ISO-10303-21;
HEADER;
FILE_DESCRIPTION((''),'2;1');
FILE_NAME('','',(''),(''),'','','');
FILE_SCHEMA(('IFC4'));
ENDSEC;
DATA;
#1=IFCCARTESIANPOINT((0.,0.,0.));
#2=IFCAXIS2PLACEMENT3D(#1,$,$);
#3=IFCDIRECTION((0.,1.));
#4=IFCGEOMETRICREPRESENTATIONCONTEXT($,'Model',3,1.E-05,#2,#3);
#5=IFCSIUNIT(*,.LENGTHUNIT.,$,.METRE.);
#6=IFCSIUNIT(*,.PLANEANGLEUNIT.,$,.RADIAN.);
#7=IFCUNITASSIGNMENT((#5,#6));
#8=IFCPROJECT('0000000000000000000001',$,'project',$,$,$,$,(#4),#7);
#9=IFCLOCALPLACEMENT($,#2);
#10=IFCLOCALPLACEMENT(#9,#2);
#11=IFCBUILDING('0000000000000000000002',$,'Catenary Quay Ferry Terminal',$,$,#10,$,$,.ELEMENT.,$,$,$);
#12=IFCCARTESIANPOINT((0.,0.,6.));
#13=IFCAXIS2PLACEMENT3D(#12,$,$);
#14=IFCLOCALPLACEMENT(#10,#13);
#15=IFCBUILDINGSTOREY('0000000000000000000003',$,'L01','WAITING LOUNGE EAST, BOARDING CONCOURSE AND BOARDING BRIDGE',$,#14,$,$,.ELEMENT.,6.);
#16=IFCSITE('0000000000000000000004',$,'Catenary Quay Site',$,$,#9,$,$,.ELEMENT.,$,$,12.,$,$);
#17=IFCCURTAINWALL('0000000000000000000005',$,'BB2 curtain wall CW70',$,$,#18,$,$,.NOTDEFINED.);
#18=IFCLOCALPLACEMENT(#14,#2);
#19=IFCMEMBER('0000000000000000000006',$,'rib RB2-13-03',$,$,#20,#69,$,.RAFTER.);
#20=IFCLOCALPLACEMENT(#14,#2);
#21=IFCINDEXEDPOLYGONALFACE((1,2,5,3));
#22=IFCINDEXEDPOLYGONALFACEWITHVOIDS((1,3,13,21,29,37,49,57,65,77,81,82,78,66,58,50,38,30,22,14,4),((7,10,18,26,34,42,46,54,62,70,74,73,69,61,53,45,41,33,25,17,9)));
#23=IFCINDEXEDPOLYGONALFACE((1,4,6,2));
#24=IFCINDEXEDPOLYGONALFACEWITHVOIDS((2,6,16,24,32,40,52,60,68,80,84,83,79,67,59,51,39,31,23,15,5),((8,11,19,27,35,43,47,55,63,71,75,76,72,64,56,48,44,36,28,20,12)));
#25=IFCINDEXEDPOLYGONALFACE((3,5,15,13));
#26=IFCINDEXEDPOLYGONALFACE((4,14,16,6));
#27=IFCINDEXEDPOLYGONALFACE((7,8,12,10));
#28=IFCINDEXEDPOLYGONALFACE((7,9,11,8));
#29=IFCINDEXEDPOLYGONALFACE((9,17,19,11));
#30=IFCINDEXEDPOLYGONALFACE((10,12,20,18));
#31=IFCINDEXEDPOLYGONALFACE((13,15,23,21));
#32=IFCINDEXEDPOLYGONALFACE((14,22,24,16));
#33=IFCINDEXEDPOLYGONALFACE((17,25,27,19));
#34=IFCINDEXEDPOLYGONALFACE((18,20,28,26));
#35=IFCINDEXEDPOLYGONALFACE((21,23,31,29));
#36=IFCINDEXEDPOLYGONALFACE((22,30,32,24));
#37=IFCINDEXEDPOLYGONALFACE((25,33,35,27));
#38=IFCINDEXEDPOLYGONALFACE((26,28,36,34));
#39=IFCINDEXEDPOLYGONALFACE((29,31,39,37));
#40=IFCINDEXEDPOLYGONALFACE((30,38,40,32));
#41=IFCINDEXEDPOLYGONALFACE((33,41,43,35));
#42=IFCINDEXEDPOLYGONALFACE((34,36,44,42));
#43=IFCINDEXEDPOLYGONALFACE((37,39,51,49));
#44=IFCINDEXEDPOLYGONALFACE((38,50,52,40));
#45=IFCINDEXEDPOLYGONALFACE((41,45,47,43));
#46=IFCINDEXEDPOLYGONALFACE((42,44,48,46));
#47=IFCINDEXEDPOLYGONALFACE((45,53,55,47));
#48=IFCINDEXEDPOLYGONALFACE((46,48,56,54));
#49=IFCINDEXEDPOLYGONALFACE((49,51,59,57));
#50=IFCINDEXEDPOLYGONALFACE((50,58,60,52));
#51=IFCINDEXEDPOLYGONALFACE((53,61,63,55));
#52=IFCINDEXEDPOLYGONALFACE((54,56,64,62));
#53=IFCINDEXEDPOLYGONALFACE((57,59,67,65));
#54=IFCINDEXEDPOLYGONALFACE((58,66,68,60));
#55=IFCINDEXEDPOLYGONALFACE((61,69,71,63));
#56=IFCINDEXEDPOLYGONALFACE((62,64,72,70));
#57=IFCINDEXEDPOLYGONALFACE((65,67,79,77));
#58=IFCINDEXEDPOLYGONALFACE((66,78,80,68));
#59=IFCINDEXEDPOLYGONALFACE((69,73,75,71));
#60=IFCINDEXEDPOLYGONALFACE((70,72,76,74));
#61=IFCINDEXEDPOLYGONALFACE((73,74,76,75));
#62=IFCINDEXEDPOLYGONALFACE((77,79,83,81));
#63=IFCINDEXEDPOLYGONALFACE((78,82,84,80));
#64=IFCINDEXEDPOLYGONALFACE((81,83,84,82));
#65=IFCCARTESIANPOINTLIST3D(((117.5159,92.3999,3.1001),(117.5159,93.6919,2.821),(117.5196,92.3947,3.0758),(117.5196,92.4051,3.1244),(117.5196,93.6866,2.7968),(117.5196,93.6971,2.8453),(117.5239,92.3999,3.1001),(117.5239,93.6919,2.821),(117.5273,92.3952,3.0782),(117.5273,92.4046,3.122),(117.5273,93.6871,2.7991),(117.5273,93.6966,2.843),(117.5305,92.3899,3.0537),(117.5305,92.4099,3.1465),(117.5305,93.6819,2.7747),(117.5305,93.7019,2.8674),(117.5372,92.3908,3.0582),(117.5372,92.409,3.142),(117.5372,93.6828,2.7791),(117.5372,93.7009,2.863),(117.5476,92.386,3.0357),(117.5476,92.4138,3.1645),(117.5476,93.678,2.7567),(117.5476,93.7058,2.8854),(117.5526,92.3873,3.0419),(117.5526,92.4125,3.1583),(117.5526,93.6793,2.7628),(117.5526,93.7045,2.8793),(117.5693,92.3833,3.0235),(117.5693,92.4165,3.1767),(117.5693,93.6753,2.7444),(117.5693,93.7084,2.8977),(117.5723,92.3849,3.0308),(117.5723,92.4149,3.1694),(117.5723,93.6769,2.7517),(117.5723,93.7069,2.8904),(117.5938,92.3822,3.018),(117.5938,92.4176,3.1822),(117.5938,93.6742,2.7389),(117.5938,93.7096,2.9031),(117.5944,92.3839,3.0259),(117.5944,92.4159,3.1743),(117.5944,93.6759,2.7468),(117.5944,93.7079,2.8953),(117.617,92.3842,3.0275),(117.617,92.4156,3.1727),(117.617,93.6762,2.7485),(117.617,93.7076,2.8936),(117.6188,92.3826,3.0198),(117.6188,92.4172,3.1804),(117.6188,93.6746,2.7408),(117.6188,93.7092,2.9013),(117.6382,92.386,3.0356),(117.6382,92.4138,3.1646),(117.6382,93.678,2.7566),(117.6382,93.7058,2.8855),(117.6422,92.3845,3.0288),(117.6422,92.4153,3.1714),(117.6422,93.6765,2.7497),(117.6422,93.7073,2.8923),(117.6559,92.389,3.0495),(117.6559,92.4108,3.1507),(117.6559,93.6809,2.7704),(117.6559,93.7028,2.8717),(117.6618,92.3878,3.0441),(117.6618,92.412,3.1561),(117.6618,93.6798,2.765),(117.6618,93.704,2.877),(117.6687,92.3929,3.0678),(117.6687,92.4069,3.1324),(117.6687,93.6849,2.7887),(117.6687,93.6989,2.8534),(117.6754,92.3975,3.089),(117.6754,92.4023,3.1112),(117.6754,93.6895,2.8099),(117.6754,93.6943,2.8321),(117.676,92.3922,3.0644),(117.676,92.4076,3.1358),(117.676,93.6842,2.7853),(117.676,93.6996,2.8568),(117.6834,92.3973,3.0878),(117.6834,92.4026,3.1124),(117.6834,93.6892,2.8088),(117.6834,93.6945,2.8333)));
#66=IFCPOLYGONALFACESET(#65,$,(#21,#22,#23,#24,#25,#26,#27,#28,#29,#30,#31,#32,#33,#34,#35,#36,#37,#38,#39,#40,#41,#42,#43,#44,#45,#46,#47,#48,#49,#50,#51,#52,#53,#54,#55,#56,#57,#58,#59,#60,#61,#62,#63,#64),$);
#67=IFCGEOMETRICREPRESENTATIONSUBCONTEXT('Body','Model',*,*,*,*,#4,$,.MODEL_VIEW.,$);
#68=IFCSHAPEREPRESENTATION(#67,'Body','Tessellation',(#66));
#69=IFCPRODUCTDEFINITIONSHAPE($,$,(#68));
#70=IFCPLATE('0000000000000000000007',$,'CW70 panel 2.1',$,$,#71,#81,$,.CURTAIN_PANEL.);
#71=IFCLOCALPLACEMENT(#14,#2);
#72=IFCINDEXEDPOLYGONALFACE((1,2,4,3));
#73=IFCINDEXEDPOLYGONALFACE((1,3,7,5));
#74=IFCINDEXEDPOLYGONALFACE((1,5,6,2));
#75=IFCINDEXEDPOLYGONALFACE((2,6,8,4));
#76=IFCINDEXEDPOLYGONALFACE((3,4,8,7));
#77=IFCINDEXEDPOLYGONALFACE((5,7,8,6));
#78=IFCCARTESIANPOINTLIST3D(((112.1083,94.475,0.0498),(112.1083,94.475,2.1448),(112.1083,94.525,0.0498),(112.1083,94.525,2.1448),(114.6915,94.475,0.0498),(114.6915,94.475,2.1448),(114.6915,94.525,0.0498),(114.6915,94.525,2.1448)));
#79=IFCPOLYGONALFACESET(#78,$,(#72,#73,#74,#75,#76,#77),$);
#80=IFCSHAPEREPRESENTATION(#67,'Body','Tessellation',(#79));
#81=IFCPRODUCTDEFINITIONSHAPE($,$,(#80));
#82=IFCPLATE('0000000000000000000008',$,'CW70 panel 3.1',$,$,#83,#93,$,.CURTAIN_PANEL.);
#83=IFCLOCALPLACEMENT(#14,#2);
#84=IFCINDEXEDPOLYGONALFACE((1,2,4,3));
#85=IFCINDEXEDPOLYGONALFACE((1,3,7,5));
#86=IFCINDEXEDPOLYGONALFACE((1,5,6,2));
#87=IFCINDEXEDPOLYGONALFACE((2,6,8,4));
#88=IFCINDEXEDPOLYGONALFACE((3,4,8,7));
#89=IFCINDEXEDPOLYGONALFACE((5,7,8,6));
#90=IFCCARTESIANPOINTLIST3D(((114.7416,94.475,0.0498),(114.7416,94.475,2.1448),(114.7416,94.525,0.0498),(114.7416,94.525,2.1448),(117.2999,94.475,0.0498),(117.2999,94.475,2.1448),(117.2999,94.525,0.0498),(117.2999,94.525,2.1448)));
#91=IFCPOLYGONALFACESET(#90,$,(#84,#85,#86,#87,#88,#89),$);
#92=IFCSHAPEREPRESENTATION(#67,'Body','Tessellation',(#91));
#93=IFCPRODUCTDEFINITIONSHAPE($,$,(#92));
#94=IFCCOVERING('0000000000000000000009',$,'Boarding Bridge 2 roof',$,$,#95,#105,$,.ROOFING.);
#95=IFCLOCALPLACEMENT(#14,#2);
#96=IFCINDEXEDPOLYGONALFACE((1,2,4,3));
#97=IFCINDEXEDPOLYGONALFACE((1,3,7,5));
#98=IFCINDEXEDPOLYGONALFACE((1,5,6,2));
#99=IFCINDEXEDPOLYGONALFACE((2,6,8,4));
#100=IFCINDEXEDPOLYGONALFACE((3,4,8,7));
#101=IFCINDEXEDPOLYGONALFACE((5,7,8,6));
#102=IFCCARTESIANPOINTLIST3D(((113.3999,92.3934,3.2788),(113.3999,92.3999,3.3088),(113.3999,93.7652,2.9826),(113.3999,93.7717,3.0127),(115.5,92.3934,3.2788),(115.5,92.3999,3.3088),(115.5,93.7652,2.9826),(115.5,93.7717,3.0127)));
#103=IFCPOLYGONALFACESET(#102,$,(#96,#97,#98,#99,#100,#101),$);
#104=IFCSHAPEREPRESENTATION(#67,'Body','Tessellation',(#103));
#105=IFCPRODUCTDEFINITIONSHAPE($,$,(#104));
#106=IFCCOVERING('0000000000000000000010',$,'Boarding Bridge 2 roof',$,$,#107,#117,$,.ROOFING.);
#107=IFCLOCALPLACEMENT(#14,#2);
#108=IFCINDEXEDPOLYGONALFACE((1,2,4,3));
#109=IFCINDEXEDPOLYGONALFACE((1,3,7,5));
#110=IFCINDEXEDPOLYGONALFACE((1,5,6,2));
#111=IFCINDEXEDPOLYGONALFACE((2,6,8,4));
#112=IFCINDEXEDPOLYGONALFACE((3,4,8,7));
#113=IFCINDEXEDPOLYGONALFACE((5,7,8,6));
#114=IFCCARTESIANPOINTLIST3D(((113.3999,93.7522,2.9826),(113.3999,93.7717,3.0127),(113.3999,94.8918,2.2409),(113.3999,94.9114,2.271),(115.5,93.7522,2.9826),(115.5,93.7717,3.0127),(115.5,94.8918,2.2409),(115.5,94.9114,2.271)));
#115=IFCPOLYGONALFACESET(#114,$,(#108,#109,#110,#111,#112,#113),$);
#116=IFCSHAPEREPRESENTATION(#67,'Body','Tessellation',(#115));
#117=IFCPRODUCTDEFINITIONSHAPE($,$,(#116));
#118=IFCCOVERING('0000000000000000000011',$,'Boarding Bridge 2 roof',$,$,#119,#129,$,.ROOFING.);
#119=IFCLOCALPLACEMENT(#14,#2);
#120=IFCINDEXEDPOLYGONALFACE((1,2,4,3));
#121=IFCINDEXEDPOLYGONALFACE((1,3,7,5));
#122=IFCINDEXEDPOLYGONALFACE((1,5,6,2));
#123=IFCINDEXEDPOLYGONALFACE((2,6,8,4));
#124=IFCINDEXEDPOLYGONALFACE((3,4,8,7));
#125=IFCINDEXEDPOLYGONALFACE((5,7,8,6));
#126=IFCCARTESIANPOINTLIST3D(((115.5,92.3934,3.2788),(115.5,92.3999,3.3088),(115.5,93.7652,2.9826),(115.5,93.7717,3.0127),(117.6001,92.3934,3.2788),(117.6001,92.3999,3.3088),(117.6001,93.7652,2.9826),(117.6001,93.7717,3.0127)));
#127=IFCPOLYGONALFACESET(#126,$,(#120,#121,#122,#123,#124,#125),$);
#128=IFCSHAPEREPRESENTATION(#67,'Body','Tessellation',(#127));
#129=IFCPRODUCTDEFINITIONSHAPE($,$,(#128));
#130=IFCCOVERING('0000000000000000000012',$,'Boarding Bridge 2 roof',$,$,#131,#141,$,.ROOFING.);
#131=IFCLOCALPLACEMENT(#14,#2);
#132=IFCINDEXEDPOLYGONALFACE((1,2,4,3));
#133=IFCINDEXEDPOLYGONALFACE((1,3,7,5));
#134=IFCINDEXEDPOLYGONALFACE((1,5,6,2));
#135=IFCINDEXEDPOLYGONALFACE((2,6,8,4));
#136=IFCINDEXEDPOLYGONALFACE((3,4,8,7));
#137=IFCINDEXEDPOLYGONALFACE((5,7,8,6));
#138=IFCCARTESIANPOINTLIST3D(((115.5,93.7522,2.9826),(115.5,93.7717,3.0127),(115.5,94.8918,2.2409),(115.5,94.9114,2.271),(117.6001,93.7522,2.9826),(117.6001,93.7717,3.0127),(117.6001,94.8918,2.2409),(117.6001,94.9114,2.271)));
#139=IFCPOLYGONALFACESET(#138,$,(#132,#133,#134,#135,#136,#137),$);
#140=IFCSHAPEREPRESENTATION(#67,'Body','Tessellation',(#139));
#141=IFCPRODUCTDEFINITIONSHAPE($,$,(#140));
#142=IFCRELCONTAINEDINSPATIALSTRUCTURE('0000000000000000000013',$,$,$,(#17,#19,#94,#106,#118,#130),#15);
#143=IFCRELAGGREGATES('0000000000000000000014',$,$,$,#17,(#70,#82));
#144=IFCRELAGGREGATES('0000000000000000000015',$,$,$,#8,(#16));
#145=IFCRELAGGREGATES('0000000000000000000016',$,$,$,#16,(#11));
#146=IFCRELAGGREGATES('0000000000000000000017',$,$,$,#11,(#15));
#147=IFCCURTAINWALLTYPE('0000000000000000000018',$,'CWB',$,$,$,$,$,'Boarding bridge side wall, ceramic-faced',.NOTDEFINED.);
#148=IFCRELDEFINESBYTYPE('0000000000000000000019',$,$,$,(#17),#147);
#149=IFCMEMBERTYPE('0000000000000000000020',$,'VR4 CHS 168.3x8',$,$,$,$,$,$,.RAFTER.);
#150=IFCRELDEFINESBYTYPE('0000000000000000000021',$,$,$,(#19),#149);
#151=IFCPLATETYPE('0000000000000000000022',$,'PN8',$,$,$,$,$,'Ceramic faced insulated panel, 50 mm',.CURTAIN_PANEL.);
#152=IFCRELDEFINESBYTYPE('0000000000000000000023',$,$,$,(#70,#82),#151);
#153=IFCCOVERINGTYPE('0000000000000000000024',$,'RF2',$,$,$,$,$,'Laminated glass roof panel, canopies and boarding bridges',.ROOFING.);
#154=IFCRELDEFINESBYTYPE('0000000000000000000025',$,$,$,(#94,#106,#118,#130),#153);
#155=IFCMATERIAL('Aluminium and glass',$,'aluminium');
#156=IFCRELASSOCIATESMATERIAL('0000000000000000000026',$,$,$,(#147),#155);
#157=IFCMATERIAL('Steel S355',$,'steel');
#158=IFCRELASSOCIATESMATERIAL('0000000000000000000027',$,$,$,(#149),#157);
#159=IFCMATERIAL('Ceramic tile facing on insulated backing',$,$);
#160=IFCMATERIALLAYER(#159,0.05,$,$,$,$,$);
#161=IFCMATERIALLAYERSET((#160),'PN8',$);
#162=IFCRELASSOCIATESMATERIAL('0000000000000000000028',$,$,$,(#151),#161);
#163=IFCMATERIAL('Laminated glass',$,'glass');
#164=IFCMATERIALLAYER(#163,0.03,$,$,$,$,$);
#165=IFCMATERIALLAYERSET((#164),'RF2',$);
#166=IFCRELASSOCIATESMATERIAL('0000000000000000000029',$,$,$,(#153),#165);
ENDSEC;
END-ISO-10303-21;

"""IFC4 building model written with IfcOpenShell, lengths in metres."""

from ifc_helpers import new_model, si_unit, direction, frame, origin, origin_2d, place, context, subcontext, project, spatial, polyline, rectangle, hollow_circle, outline, extrude, material, layer, layer_set, material_profile, profile_set, type_object, element, aggregate, save


model = new_model("IFC4")

# Units and contexts
model_context = context("Model", 3, precision=1e-05, world=origin(), true_north=direction((0.0, 1.0)))
body_context = subcontext(model_context, "Body", "Model", "MODEL_VIEW")
ifc_project = project(units=[si_unit("LENGTHUNIT", "METRE"), si_unit("PLANEANGLEUNIT", "RADIAN")], contexts=[model_context])

# Site, building, storey
site_placement = place(None, origin())
site = spatial("IfcSite", under=ifc_project, at=site_placement, Name="Catenary Quay Site", CompositionType="ELEMENT", RefElevation=12.0)
building_placement = place(site_placement, origin())
building = spatial("IfcBuilding", under=site, at=building_placement, Name="Catenary Quay Ferry Terminal", CompositionType="ELEMENT")
storey_placement = place(building_placement, frame((0.0, 0.0, 6.0)))
storey = spatial("IfcBuildingStorey", under=building, at=storey_placement, Name="L01", Description="WAITING LOUNGE EAST, BOARDING CONCOURSE AND BOARDING BRIDGE", CompositionType="ELEMENT", Elevation=6.0)

# Curtain wall
ifc_material_1 = material(Name="Aluminium and glass", Category="aluminium")
curtain_wall_type = type_object("IfcCurtainWallType", Name="CWB", ElementType="Boarding bridge side wall, ceramic-faced", PredefinedType="NOTDEFINED", material=ifc_material_1)
curtain_wall_placement = place(storey_placement, origin())
curtain_wall = element("IfcCurtainWall", 1, at=curtain_wall_placement, inside=storey, type_object=curtain_wall_type, Name="BB2 curtain wall CW70", PredefinedType="NOTDEFINED")

# Member
ifc_material_2 = material(Name="Steel S355", Category="steel")
ifc_material_profile_1 = material_profile(ifc_material_2, hollow_circle(Radius=0.0842, WallThickness=0.0081, at=origin_2d()), Name="CHS 168.3x8")
ifc_profile_set_1 = profile_set([ifc_material_profile_1], Name="Steel S355")
member_type_1 = type_object("IfcMemberType", Name="VR4 CHS 168.3x8", PredefinedType="RAFTER", material=ifc_profile_set_1)
member_1_placement = place(storey_placement, frame((117.6001, 92.3999, 3.1001), z_axis=(0.0, 0.977461, -0.211118), x_axis=(-1.0, 0.0, 0.0)))
element("IfcMember", 2, at=member_1_placement, inside=storey, type_object=member_type_1, Name="rib RB2-13-03", PredefinedType="RAFTER", context=body_context, shape_type="SweptSolid", body=[
    extrude(hollow_circle(Radius=0.0842, WallThickness=0.0081, at=origin_2d()), origin(), (0.0, 0.0, 1.0), 1.3218),
])

# Plates
ifc_material_3 = material(Name="Ceramic tile facing on insulated backing")
ifc_layer_1 = layer(ifc_material_3, 0.05)
ifc_layer_set_1 = layer_set([ifc_layer_1], Name="PN8")
plate_type = type_object("IfcPlateType", Name="PN8", ElementType="Ceramic faced insulated panel, 50 mm", PredefinedType="CURTAIN_PANEL", material=ifc_layer_set_1)
plate_1_placement = place(storey_placement, frame((113.3999, 94.5, 0.0498), z_axis=(0.0, 0.0, 1.0), x_axis=(1.0, 0.0, 0.0)))
plate_1 = element("IfcPlate", 3, at=plate_1_placement, type_object=plate_type, Name="CW70 panel 2.1", PredefinedType="CURTAIN_PANEL", context=body_context, shape_type="SweptSolid", body=[
    extrude(rectangle(XDim=2.5833, YDim=0.05, at=origin_2d()), origin(), (0.0, 0.0, 1.0), 2.095),
])
plate_2_placement = place(storey_placement, frame((116.0208, 94.5, 0.0498), z_axis=(0.0, 0.0, 1.0), x_axis=(1.0, 0.0, 0.0)))
plate_2 = element("IfcPlate", 4, at=plate_2_placement, type_object=plate_type, Name="CW70 panel 3.1", PredefinedType="CURTAIN_PANEL", context=body_context, shape_type="SweptSolid", body=[
    extrude(rectangle(XDim=2.5583, YDim=0.05, at=origin_2d()), origin(), (0.0, 0.0, 1.0), 2.095),
])
aggregate(curtain_wall, [plate_1, plate_2])

# Coverings
ifc_material_4 = material(Name="Laminated glass", Category="glass")
ifc_layer_2 = layer(ifc_material_4, 0.03)
ifc_layer_set_2 = layer_set([ifc_layer_2], Name="RF2")
covering_type = type_object("IfcCoveringType", Name="RF2", ElementType="Laminated glass roof panel, canopies and boarding bridges", PredefinedType="ROOFING", material=ifc_layer_set_2)
covering_1_placement = place(storey_placement, frame((113.3999, 92.3999, 3.3088), z_axis=(0.0, 0.211014, 0.977483), x_axis=(1.0, 0.0, 0.0)))
element("IfcCovering", 5, at=covering_1_placement, inside=storey, type_object=covering_type, Name="Boarding Bridge 2 roof", PredefinedType="ROOFING", context=body_context, shape_type="SweptSolid", body=[
    extrude(outline(polyline([(0.0, 0.0), (2.1001, 0.0), (2.1001, 1.4034), (0.0, 1.4034), (0.0, 0.0)])), origin(), (0.0, 0.0, -1.0), 0.0308),
])
covering_2_placement = place(storey_placement, frame((113.3999, 93.7717, 3.0127), z_axis=(0.0, 0.545468, 0.838132), x_axis=(1.0, 0.0, 0.0)))
element("IfcCovering", 6, at=covering_2_placement, inside=storey, type_object=covering_type, Name="Boarding Bridge 2 roof", PredefinedType="ROOFING", context=body_context, shape_type="SweptSolid", body=[
    extrude(outline(polyline([(0.0, 0.0), (2.1001, 0.0), (2.1001, 1.3597), (0.0, 1.3597), (0.0, 0.0)])), origin(), (0.0, 0.0, -1.0), 0.0359),
])
covering_3_placement = place(storey_placement, frame((115.5, 92.3999, 3.3088), z_axis=(0.0, 0.211014, 0.977483), x_axis=(1.0, 0.0, 0.0)))
element("IfcCovering", 7, at=covering_3_placement, inside=storey, type_object=covering_type, Name="Boarding Bridge 2 roof", PredefinedType="ROOFING", context=body_context, shape_type="SweptSolid", body=[
    extrude(outline(polyline([(0.0, 0.0), (2.1001, 0.0), (2.1001, 1.4034), (0.0, 1.4034), (0.0, 0.0)])), origin(), (0.0, 0.0, -1.0), 0.0308),
])
covering_4_placement = place(storey_placement, frame((115.5, 93.7717, 3.0127), z_axis=(0.0, 0.545468, 0.838132), x_axis=(1.0, 0.0, 0.0)))
element("IfcCovering", 8, at=covering_4_placement, inside=storey, type_object=covering_type, Name="Boarding Bridge 2 roof", PredefinedType="ROOFING", context=body_context, shape_type="SweptSolid", body=[
    extrude(outline(polyline([(0.0, 0.0), (2.1001, 0.0), (2.1001, 1.3597), (0.0, 1.3597), (0.0, 0.0)])), origin(), (0.0, 0.0, -1.0), 0.0359),
])

save(model, "model.ifc")
